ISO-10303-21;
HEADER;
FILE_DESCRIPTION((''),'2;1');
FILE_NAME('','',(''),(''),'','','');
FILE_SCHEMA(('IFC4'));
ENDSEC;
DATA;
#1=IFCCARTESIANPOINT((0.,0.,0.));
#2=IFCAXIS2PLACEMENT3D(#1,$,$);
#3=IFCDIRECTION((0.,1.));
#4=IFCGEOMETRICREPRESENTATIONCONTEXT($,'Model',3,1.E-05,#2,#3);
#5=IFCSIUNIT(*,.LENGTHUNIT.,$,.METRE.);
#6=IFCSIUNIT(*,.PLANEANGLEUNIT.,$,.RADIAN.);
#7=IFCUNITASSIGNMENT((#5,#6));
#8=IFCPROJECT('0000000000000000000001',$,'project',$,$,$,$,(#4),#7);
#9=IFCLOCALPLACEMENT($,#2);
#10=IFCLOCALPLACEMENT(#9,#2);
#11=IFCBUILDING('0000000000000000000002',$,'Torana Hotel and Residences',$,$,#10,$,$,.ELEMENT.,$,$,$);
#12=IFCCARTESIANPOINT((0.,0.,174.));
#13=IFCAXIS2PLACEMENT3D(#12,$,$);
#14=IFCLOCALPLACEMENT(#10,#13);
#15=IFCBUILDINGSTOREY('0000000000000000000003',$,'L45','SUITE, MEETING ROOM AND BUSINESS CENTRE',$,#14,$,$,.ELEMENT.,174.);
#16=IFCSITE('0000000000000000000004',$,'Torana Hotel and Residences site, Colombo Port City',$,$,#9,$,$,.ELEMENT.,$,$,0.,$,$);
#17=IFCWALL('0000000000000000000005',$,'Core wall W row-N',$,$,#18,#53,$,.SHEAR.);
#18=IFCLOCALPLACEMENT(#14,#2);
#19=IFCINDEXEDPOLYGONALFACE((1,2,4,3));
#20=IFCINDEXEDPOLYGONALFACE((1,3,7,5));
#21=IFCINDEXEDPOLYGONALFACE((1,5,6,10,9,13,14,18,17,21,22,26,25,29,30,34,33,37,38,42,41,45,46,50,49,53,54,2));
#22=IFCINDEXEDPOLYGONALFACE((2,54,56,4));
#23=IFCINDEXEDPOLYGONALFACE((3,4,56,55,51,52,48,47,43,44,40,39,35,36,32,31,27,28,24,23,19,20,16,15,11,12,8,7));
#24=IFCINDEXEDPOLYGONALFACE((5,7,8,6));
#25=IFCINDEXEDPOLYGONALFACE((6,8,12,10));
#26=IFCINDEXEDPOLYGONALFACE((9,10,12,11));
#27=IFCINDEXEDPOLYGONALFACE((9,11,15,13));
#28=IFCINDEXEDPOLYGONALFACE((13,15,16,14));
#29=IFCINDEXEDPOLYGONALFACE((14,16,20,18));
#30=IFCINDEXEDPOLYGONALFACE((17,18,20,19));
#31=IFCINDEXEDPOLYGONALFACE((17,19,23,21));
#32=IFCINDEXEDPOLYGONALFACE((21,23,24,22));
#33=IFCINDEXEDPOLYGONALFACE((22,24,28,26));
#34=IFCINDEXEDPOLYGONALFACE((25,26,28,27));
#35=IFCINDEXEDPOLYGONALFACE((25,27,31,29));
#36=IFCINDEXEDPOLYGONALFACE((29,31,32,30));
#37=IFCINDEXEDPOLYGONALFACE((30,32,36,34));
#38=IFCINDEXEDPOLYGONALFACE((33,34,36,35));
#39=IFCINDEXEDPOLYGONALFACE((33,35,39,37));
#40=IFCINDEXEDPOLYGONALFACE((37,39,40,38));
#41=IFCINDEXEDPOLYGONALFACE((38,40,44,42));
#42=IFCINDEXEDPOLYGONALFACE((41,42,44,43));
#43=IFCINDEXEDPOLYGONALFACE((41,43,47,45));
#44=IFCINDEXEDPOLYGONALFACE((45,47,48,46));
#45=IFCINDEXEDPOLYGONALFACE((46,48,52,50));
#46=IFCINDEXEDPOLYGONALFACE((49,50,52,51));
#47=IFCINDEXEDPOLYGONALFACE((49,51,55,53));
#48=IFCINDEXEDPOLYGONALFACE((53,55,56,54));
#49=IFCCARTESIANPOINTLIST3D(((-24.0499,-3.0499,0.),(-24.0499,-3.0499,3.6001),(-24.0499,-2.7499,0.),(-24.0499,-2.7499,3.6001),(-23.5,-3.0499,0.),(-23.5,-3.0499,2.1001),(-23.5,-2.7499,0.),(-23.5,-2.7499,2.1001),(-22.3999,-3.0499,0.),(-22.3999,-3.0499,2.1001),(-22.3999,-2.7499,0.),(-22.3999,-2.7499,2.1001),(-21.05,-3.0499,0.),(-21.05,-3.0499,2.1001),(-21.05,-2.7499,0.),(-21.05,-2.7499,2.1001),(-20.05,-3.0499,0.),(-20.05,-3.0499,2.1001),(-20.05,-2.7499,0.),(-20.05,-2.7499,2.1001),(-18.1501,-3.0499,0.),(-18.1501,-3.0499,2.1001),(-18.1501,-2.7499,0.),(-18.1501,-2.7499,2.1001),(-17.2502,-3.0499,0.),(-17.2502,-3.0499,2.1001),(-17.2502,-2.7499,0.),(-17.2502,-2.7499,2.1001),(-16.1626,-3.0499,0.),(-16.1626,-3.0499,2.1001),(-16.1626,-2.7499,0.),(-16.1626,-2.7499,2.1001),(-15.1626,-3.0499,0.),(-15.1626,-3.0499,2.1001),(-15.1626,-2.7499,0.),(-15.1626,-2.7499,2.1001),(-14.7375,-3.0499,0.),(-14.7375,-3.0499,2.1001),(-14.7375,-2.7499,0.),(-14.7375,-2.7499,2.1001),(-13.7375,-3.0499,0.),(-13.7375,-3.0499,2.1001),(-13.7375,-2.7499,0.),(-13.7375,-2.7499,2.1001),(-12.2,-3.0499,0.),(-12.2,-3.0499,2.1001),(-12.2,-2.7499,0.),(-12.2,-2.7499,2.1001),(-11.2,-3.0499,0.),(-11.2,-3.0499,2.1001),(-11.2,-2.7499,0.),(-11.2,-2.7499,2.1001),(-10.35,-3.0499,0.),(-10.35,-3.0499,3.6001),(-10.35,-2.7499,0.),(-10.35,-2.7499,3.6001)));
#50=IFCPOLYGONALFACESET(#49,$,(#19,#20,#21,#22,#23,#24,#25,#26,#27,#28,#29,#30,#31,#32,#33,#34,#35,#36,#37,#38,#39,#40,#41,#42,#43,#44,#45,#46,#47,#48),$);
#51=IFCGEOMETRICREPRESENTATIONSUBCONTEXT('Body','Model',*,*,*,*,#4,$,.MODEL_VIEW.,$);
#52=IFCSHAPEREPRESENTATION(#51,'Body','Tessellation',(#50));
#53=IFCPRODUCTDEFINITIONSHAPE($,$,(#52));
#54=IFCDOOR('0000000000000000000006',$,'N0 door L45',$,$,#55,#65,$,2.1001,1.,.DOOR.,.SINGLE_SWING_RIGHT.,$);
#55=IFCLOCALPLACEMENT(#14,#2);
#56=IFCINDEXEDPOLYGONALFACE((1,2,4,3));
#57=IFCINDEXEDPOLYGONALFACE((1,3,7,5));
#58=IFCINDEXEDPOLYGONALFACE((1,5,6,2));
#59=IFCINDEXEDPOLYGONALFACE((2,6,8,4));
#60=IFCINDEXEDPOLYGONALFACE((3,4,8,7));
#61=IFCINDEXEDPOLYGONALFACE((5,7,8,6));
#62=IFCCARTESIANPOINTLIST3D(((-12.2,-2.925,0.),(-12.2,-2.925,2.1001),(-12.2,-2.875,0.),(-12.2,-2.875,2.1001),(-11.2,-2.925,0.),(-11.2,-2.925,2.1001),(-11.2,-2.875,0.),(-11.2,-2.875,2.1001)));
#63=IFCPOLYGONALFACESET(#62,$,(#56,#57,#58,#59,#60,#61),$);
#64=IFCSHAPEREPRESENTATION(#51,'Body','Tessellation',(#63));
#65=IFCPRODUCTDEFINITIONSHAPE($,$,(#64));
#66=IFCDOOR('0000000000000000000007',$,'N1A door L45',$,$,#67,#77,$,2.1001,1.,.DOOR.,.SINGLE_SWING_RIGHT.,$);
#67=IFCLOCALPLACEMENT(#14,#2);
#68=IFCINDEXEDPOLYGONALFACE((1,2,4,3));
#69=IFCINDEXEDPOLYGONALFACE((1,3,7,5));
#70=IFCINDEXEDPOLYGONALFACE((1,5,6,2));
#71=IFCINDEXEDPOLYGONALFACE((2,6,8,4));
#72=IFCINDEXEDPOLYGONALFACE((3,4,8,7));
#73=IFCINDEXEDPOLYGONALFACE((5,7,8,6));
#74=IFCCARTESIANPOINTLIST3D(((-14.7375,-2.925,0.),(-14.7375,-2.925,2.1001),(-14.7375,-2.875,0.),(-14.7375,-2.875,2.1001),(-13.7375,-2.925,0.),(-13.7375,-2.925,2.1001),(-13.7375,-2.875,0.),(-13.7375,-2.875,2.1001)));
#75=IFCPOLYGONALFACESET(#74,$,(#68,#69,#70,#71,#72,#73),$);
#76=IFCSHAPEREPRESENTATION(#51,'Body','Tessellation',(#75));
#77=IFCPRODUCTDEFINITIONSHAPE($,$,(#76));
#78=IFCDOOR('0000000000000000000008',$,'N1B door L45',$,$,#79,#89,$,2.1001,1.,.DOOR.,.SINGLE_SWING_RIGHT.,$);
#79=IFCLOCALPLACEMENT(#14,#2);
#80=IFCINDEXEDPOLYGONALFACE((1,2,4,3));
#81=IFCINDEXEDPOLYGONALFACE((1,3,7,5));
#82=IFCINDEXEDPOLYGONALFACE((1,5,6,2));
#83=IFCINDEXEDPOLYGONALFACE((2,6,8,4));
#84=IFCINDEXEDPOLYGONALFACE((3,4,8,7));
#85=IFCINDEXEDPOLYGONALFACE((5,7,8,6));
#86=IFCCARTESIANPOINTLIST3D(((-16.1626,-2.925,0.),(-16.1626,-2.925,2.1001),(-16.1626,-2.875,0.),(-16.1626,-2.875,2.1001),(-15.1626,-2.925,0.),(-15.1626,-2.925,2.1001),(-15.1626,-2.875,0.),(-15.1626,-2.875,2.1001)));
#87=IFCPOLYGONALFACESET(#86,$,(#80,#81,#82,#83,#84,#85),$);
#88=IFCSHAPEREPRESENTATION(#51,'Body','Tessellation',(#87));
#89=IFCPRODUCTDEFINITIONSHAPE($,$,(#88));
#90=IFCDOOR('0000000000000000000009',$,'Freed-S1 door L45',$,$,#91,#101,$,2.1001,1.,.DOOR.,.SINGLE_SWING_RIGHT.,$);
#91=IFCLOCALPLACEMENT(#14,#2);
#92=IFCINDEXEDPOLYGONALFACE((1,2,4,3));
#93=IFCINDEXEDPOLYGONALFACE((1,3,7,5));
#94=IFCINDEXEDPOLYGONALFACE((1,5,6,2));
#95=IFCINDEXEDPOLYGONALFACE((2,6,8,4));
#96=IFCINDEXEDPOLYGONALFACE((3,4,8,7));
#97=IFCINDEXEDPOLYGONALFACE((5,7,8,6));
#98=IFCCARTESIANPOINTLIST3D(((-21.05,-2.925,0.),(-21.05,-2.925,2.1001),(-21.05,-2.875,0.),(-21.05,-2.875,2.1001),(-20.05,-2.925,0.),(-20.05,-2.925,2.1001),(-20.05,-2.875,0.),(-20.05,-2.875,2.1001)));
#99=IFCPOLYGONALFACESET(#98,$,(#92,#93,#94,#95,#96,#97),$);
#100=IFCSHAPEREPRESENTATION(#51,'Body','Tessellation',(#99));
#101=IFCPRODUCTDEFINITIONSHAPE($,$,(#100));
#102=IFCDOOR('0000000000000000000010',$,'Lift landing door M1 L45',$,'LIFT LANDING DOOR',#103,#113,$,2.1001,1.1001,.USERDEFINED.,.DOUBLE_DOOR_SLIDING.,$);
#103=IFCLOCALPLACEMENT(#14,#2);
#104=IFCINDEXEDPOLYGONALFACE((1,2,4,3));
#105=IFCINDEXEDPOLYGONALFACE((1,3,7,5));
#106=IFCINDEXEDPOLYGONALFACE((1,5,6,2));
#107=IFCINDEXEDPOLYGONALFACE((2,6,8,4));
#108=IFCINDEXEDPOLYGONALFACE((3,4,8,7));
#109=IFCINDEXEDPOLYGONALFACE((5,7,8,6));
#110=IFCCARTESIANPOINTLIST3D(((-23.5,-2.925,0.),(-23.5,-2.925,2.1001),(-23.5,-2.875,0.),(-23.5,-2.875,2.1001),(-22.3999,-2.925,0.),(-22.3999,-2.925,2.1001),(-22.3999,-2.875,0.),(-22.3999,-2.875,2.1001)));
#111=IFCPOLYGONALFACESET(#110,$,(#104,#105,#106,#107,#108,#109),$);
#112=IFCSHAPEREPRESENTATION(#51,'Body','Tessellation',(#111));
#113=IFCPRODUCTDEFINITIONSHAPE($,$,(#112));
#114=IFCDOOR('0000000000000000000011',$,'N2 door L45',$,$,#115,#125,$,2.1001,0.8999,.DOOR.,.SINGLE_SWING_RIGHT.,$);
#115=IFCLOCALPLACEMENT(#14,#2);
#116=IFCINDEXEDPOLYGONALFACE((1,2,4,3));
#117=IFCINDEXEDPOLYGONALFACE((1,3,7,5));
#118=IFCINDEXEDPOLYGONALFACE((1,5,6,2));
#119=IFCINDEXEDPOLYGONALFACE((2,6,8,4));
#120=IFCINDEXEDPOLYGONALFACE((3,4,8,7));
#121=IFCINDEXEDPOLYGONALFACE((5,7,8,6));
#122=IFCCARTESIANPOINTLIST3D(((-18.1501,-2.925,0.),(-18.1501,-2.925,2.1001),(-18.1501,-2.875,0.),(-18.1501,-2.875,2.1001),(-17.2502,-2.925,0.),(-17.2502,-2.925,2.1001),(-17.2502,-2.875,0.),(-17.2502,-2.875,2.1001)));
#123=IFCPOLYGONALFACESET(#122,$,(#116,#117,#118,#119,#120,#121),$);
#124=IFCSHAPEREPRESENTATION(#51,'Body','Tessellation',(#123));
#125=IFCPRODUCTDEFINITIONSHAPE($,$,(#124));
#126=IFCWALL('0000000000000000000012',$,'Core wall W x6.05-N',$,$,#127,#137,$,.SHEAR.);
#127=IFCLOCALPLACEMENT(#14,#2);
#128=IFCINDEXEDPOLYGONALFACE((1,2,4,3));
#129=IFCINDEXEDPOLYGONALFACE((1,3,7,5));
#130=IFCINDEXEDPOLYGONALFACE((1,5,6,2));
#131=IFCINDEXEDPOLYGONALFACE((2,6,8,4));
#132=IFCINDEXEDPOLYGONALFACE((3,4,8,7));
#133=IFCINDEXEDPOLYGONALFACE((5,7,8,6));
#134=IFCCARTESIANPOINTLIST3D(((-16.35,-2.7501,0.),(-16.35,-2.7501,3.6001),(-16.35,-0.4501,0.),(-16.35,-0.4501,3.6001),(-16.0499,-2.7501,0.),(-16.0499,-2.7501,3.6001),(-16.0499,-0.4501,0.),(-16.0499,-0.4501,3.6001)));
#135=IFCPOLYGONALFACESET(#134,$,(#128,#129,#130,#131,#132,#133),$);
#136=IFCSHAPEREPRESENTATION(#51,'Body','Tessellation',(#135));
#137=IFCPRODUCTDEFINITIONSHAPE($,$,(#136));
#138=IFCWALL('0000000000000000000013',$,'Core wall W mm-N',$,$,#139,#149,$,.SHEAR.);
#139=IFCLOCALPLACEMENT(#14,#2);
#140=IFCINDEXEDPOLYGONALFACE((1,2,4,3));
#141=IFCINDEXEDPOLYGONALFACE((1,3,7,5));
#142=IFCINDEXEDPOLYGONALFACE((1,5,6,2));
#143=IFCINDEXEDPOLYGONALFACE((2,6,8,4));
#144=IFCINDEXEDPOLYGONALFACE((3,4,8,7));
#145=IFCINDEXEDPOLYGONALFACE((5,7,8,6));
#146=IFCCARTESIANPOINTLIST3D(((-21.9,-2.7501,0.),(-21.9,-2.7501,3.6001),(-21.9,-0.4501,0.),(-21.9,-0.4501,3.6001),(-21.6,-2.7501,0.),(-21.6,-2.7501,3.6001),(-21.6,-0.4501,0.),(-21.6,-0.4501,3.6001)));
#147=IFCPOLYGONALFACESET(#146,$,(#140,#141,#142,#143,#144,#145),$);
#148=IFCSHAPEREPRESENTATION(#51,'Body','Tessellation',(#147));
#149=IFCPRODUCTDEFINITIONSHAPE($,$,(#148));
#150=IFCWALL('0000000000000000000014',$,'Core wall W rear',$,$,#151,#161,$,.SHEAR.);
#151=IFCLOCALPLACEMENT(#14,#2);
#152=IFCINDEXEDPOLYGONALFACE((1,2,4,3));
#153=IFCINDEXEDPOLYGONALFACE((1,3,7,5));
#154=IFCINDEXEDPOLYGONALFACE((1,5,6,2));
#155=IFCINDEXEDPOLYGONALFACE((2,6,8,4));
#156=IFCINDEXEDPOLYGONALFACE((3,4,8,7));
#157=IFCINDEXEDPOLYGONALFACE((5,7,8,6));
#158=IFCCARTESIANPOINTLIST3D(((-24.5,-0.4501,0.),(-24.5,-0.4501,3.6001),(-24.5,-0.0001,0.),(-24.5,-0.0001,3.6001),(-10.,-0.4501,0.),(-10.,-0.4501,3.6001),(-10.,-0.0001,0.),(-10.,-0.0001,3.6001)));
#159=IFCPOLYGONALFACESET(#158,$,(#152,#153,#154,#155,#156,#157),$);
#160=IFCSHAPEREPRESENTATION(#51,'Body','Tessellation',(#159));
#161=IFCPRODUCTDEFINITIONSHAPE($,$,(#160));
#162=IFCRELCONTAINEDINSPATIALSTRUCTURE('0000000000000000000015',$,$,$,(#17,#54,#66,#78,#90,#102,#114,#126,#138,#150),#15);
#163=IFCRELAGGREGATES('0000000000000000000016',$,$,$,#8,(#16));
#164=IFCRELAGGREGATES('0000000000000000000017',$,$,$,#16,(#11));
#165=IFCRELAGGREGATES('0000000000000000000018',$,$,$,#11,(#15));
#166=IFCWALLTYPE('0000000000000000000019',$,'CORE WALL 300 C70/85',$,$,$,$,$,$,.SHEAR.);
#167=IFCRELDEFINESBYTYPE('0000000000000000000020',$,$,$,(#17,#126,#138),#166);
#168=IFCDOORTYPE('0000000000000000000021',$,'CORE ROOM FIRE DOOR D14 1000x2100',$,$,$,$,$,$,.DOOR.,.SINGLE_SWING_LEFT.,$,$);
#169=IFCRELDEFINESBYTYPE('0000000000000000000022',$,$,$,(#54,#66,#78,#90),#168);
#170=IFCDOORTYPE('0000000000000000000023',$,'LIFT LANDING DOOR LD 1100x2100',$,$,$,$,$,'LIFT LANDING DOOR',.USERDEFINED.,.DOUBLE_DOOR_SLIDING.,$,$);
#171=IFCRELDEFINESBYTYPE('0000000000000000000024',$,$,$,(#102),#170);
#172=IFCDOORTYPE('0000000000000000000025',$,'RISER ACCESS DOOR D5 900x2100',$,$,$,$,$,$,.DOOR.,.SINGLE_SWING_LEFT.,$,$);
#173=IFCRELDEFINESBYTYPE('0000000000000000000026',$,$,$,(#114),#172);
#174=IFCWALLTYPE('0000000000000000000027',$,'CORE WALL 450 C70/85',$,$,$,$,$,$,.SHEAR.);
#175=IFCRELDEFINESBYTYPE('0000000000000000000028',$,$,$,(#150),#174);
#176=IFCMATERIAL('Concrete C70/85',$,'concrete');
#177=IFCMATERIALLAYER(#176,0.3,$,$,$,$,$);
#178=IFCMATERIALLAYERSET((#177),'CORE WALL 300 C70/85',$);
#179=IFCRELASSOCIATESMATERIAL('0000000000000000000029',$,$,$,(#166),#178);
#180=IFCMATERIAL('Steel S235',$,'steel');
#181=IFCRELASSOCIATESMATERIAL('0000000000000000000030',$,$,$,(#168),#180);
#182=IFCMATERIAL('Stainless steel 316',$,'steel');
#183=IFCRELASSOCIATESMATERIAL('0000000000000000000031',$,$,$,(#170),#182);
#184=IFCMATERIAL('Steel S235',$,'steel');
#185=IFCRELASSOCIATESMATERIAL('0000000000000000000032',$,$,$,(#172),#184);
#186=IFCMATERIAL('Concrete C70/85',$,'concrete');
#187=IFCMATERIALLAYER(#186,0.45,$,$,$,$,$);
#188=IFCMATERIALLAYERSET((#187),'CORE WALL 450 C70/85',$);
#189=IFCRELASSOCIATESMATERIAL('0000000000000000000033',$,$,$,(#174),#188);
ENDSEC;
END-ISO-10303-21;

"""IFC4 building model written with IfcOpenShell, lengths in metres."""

from ifc_helpers import new_model, si_unit, direction, frame, frame_2d, origin, place, context, subcontext, project, spatial, rectangle, extrude, material, layer, layer_set, type_object, element, fill, save


model = new_model("IFC4")

# Units and contexts
model_context = context("Model", 3, precision=1e-05, world=origin(), true_north=direction((0.0, 1.0)))
body_context = subcontext(model_context, "Body", "Model", "MODEL_VIEW")
ifc_project = project(units=[si_unit("LENGTHUNIT", "METRE"), si_unit("PLANEANGLEUNIT", "RADIAN")], contexts=[model_context])

# Site, building, storey
site_placement = place(None, origin())
site = spatial("IfcSite", under=ifc_project, at=site_placement, Name="Torana Hotel and Residences site, Colombo Port City", CompositionType="ELEMENT", RefElevation=0.0)
building_placement = place(site_placement, origin())
building = spatial("IfcBuilding", under=site, at=building_placement, Name="Torana Hotel and Residences", CompositionType="ELEMENT")
storey_placement = place(building_placement, frame((0.0, 0.0, 174.0)))
storey = spatial("IfcBuildingStorey", under=building, at=storey_placement, Name="L45", Description="SUITE, MEETING ROOM AND BUSINESS CENTRE", CompositionType="ELEMENT", Elevation=174.0)

# Wall, openings, doors
ifc_material_1 = material(Name="Concrete C70/85", Category="concrete")
ifc_layer_1 = layer(ifc_material_1, 0.3)
ifc_layer_set_1 = layer_set([ifc_layer_1], Name="CORE WALL 300 C70/85")
wall_type_1 = type_object("IfcWallType", Name="CORE WALL 300 C70/85", PredefinedType="SHEAR", material=ifc_layer_set_1)
wall_1_placement = place(storey_placement, frame((-24.05, -2.8999, 0.0), z_axis=(0.0, 0.0, 1.0), x_axis=(1.0, 0.0, 0.0)))
wall_1 = element("IfcWall", 1, at=wall_1_placement, inside=storey, type_object=wall_type_1, Name="Core wall W row-N", PredefinedType="SHEAR", context=body_context, shape_type="SweptSolid", body=[
    extrude(rectangle(XDim=13.7, YDim=0.3, at=frame_2d((6.8501, 0.0))), origin(), (0.0, 0.0, 1.0), 3.6001),
])
opening_1_placement = place(wall_1_placement, frame((0.55, 0.0, 0.0)))
opening_1 = element("IfcOpeningElement", 2, at=opening_1_placement, cuts=wall_1, PredefinedType="OPENING", context=body_context, shape_type="SweptSolid", body=[
    extrude(rectangle(XDim=1.1001, YDim=2.1001, at=frame_2d((0.55, 1.05))), frame((0.0, 0.1599, 0.0), z_axis=(0.0, -1.0, 0.0), x_axis=(1.0, 0.0, 0.0)), (0.0, 0.0, 1.0), 0.3201),
])
opening_2_placement = place(wall_1_placement, frame((5.8999, 0.0, 0.0)))
opening_2 = element("IfcOpeningElement", 3, at=opening_2_placement, cuts=wall_1, PredefinedType="OPENING", context=body_context, shape_type="SweptSolid", body=[
    extrude(rectangle(XDim=0.8999, YDim=2.1001, at=frame_2d((0.45, 1.05))), frame((0.0, 0.1599, 0.0), z_axis=(0.0, -1.0, 0.0), x_axis=(1.0, 0.0, 0.0)), (0.0, 0.0, 1.0), 0.3201),
])
opening_3_placement = place(wall_1_placement, frame((11.8501, 0.0, 0.0)))
opening_3 = element("IfcOpeningElement", 4, at=opening_3_placement, cuts=wall_1, PredefinedType="OPENING", context=body_context, shape_type="SweptSolid", body=[
    extrude(rectangle(XDim=1.0, YDim=2.1001, at=frame_2d((0.5, 1.05))), frame((0.0, 0.1599, 0.0), z_axis=(0.0, -1.0, 0.0), x_axis=(1.0, 0.0, 0.0)), (0.0, 0.0, 1.0), 0.3201),
])
opening_4_placement = place(wall_1_placement, frame((9.3125, 0.0, 0.0)))
opening_4 = element("IfcOpeningElement", 5, at=opening_4_placement, cuts=wall_1, PredefinedType="OPENING", context=body_context, shape_type="SweptSolid", body=[
    extrude(rectangle(XDim=1.0, YDim=2.1001, at=frame_2d((0.5, 1.05))), frame((0.0, 0.1599, 0.0), z_axis=(0.0, -1.0, 0.0), x_axis=(1.0, 0.0, 0.0)), (0.0, 0.0, 1.0), 0.3201),
])
opening_5_placement = place(wall_1_placement, frame((7.8875, 0.0, 0.0)))
opening_5 = element("IfcOpeningElement", 6, at=opening_5_placement, cuts=wall_1, PredefinedType="OPENING", context=body_context, shape_type="SweptSolid", body=[
    extrude(rectangle(XDim=1.0, YDim=2.1001, at=frame_2d((0.5, 1.05))), frame((0.0, 0.1599, 0.0), z_axis=(0.0, -1.0, 0.0), x_axis=(1.0, 0.0, 0.0)), (0.0, 0.0, 1.0), 0.3201),
])
opening_6_placement = place(wall_1_placement, frame((3.0, 0.0, 0.0)))
opening_6 = element("IfcOpeningElement", 7, at=opening_6_placement, cuts=wall_1, PredefinedType="OPENING", context=body_context, shape_type="SweptSolid", body=[
    extrude(rectangle(XDim=1.0, YDim=2.1001, at=frame_2d((0.5, 1.05))), frame((0.0, 0.1599, 0.0), z_axis=(0.0, -1.0, 0.0), x_axis=(1.0, 0.0, 0.0)), (0.0, 0.0, 1.0), 0.3201),
])
ifc_material_2 = material(Name="Steel S235", Category="steel")
door_type_1 = type_object("IfcDoorType", Name="CORE ROOM FIRE DOOR D14 1000x2100", OperationType="SINGLE_SWING_LEFT", PredefinedType="DOOR", material=ifc_material_2)
door_1_placement = place(opening_3_placement, origin())
door_1 = element("IfcDoor", 8, at=door_1_placement, inside=storey, type_object=door_type_1, Name="N0 door L45", OperationType="SINGLE_SWING_RIGHT", OverallHeight=2.1001, OverallWidth=1.0, PredefinedType="DOOR", context=body_context, shape_type="SweptSolid", body=[
    extrude(rectangle(XDim=1.0, YDim=2.1001, at=frame_2d((0.5, 1.05))), frame((0.0, 0.0249, 0.0), z_axis=(0.0, -1.0, 0.0), x_axis=(1.0, 0.0, 0.0)), (0.0, 0.0, 1.0), 0.05),
])
fill(opening_3, door_1)
door_2_placement = place(opening_4_placement, origin())
door_2 = element("IfcDoor", 9, at=door_2_placement, inside=storey, type_object=door_type_1, Name="N1A door L45", OperationType="SINGLE_SWING_RIGHT", OverallHeight=2.1001, OverallWidth=1.0, PredefinedType="DOOR", context=body_context, shape_type="SweptSolid", body=[
    extrude(rectangle(XDim=1.0, YDim=2.1001, at=frame_2d((0.5, 1.05))), frame((0.0, 0.0249, 0.0), z_axis=(0.0, -1.0, 0.0), x_axis=(1.0, 0.0, 0.0)), (0.0, 0.0, 1.0), 0.05),
])
fill(opening_4, door_2)
door_3_placement = place(opening_5_placement, origin())
door_3 = element("IfcDoor", 10, at=door_3_placement, inside=storey, type_object=door_type_1, Name="N1B door L45", OperationType="SINGLE_SWING_RIGHT", OverallHeight=2.1001, OverallWidth=1.0, PredefinedType="DOOR", context=body_context, shape_type="SweptSolid", body=[
    extrude(rectangle(XDim=1.0, YDim=2.1001, at=frame_2d((0.5, 1.05))), frame((0.0, 0.0249, 0.0), z_axis=(0.0, -1.0, 0.0), x_axis=(1.0, 0.0, 0.0)), (0.0, 0.0, 1.0), 0.05),
])
fill(opening_5, door_3)
door_4_placement = place(opening_6_placement, origin())
door_4 = element("IfcDoor", 11, at=door_4_placement, inside=storey, type_object=door_type_1, Name="Freed-S1 door L45", OperationType="SINGLE_SWING_RIGHT", OverallHeight=2.1001, OverallWidth=1.0, PredefinedType="DOOR", context=body_context, shape_type="SweptSolid", body=[
    extrude(rectangle(XDim=1.0, YDim=2.1001, at=frame_2d((0.5, 1.05))), frame((0.0, 0.0249, 0.0), z_axis=(0.0, -1.0, 0.0), x_axis=(1.0, 0.0, 0.0)), (0.0, 0.0, 1.0), 0.05),
])
fill(opening_6, door_4)
ifc_material_3 = material(Name="Stainless steel 316", Category="steel")
door_type_2 = type_object("IfcDoorType", Name="LIFT LANDING DOOR LD 1100x2100", ElementType="LIFT LANDING DOOR", OperationType="DOUBLE_DOOR_SLIDING", PredefinedType="USERDEFINED", material=ifc_material_3)
door_5_placement = place(opening_1_placement, origin())
door_5 = element("IfcDoor", 12, at=door_5_placement, inside=storey, type_object=door_type_2, Name="Lift landing door M1 L45", ObjectType="LIFT LANDING DOOR", OperationType="DOUBLE_DOOR_SLIDING", OverallHeight=2.1001, OverallWidth=1.1001, PredefinedType="USERDEFINED", context=body_context, shape_type="SweptSolid", body=[
    extrude(rectangle(XDim=1.1001, YDim=2.1001, at=frame_2d((0.55, 1.05))), frame((0.0, 0.0249, 0.0), z_axis=(0.0, -1.0, 0.0), x_axis=(1.0, 0.0, 0.0)), (0.0, 0.0, 1.0), 0.05),
])
fill(opening_1, door_5)
ifc_material_4 = material(Name="Steel S235", Category="steel")
door_type_3 = type_object("IfcDoorType", Name="RISER ACCESS DOOR D5 900x2100", OperationType="SINGLE_SWING_LEFT", PredefinedType="DOOR", material=ifc_material_4)
door_6_placement = place(opening_2_placement, origin())
door_6 = element("IfcDoor", 13, at=door_6_placement, inside=storey, type_object=door_type_3, Name="N2 door L45", OperationType="SINGLE_SWING_RIGHT", OverallHeight=2.1001, OverallWidth=0.8999, PredefinedType="DOOR", context=body_context, shape_type="SweptSolid", body=[
    extrude(rectangle(XDim=0.8999, YDim=2.1001, at=frame_2d((0.45, 1.05))), frame((0.0, 0.0249, 0.0), z_axis=(0.0, -1.0, 0.0), x_axis=(1.0, 0.0, 0.0)), (0.0, 0.0, 1.0), 0.05),
])
fill(opening_2, door_6)

# Walls
for number, where, z_axis, x_axis, name in (
    (14, (-16.2, -2.75, 0.0), (0.0, 0.0, 1.0), (0.0, 1.0, 0.0), "Core wall W x6.05-N"),
    (15, (-21.75, -2.75, 0.0), (0.0, 0.0, 1.0), (0.0, 1.0, 0.0), "Core wall W mm-N"),
):
    element("IfcWall", number, at=place(storey_placement, frame(where, z_axis=z_axis, x_axis=x_axis)), inside=storey, type_object=wall_type_1, Name=name, PredefinedType="SHEAR", context=body_context, shape_type="SweptSolid", body=[
        extrude(rectangle(XDim=2.3, YDim=0.3, at=frame_2d((1.1499, 0.0))), origin(), (0.0, 0.0, 1.0), 3.6001),
    ])
ifc_material_5 = material(Name="Concrete C70/85", Category="concrete")
ifc_layer_2 = layer(ifc_material_5, 0.45)
ifc_layer_set_2 = layer_set([ifc_layer_2], Name="CORE WALL 450 C70/85")
wall_type_2 = type_object("IfcWallType", Name="CORE WALL 450 C70/85", PredefinedType="SHEAR", material=ifc_layer_set_2)
wall_2_placement = place(storey_placement, frame((-24.5, -0.2251, 0.0), z_axis=(0.0, 0.0, 1.0), x_axis=(1.0, 0.0, 0.0)))
element("IfcWall", 16, at=wall_2_placement, inside=storey, type_object=wall_type_2, Name="Core wall W rear", PredefinedType="SHEAR", context=body_context, shape_type="SweptSolid", body=[
    extrude(rectangle(XDim=14.5, YDim=0.45, at=frame_2d((7.25, 0.0))), origin(), (0.0, 0.0, 1.0), 3.6001),
])

save(model, "model.ifc")
